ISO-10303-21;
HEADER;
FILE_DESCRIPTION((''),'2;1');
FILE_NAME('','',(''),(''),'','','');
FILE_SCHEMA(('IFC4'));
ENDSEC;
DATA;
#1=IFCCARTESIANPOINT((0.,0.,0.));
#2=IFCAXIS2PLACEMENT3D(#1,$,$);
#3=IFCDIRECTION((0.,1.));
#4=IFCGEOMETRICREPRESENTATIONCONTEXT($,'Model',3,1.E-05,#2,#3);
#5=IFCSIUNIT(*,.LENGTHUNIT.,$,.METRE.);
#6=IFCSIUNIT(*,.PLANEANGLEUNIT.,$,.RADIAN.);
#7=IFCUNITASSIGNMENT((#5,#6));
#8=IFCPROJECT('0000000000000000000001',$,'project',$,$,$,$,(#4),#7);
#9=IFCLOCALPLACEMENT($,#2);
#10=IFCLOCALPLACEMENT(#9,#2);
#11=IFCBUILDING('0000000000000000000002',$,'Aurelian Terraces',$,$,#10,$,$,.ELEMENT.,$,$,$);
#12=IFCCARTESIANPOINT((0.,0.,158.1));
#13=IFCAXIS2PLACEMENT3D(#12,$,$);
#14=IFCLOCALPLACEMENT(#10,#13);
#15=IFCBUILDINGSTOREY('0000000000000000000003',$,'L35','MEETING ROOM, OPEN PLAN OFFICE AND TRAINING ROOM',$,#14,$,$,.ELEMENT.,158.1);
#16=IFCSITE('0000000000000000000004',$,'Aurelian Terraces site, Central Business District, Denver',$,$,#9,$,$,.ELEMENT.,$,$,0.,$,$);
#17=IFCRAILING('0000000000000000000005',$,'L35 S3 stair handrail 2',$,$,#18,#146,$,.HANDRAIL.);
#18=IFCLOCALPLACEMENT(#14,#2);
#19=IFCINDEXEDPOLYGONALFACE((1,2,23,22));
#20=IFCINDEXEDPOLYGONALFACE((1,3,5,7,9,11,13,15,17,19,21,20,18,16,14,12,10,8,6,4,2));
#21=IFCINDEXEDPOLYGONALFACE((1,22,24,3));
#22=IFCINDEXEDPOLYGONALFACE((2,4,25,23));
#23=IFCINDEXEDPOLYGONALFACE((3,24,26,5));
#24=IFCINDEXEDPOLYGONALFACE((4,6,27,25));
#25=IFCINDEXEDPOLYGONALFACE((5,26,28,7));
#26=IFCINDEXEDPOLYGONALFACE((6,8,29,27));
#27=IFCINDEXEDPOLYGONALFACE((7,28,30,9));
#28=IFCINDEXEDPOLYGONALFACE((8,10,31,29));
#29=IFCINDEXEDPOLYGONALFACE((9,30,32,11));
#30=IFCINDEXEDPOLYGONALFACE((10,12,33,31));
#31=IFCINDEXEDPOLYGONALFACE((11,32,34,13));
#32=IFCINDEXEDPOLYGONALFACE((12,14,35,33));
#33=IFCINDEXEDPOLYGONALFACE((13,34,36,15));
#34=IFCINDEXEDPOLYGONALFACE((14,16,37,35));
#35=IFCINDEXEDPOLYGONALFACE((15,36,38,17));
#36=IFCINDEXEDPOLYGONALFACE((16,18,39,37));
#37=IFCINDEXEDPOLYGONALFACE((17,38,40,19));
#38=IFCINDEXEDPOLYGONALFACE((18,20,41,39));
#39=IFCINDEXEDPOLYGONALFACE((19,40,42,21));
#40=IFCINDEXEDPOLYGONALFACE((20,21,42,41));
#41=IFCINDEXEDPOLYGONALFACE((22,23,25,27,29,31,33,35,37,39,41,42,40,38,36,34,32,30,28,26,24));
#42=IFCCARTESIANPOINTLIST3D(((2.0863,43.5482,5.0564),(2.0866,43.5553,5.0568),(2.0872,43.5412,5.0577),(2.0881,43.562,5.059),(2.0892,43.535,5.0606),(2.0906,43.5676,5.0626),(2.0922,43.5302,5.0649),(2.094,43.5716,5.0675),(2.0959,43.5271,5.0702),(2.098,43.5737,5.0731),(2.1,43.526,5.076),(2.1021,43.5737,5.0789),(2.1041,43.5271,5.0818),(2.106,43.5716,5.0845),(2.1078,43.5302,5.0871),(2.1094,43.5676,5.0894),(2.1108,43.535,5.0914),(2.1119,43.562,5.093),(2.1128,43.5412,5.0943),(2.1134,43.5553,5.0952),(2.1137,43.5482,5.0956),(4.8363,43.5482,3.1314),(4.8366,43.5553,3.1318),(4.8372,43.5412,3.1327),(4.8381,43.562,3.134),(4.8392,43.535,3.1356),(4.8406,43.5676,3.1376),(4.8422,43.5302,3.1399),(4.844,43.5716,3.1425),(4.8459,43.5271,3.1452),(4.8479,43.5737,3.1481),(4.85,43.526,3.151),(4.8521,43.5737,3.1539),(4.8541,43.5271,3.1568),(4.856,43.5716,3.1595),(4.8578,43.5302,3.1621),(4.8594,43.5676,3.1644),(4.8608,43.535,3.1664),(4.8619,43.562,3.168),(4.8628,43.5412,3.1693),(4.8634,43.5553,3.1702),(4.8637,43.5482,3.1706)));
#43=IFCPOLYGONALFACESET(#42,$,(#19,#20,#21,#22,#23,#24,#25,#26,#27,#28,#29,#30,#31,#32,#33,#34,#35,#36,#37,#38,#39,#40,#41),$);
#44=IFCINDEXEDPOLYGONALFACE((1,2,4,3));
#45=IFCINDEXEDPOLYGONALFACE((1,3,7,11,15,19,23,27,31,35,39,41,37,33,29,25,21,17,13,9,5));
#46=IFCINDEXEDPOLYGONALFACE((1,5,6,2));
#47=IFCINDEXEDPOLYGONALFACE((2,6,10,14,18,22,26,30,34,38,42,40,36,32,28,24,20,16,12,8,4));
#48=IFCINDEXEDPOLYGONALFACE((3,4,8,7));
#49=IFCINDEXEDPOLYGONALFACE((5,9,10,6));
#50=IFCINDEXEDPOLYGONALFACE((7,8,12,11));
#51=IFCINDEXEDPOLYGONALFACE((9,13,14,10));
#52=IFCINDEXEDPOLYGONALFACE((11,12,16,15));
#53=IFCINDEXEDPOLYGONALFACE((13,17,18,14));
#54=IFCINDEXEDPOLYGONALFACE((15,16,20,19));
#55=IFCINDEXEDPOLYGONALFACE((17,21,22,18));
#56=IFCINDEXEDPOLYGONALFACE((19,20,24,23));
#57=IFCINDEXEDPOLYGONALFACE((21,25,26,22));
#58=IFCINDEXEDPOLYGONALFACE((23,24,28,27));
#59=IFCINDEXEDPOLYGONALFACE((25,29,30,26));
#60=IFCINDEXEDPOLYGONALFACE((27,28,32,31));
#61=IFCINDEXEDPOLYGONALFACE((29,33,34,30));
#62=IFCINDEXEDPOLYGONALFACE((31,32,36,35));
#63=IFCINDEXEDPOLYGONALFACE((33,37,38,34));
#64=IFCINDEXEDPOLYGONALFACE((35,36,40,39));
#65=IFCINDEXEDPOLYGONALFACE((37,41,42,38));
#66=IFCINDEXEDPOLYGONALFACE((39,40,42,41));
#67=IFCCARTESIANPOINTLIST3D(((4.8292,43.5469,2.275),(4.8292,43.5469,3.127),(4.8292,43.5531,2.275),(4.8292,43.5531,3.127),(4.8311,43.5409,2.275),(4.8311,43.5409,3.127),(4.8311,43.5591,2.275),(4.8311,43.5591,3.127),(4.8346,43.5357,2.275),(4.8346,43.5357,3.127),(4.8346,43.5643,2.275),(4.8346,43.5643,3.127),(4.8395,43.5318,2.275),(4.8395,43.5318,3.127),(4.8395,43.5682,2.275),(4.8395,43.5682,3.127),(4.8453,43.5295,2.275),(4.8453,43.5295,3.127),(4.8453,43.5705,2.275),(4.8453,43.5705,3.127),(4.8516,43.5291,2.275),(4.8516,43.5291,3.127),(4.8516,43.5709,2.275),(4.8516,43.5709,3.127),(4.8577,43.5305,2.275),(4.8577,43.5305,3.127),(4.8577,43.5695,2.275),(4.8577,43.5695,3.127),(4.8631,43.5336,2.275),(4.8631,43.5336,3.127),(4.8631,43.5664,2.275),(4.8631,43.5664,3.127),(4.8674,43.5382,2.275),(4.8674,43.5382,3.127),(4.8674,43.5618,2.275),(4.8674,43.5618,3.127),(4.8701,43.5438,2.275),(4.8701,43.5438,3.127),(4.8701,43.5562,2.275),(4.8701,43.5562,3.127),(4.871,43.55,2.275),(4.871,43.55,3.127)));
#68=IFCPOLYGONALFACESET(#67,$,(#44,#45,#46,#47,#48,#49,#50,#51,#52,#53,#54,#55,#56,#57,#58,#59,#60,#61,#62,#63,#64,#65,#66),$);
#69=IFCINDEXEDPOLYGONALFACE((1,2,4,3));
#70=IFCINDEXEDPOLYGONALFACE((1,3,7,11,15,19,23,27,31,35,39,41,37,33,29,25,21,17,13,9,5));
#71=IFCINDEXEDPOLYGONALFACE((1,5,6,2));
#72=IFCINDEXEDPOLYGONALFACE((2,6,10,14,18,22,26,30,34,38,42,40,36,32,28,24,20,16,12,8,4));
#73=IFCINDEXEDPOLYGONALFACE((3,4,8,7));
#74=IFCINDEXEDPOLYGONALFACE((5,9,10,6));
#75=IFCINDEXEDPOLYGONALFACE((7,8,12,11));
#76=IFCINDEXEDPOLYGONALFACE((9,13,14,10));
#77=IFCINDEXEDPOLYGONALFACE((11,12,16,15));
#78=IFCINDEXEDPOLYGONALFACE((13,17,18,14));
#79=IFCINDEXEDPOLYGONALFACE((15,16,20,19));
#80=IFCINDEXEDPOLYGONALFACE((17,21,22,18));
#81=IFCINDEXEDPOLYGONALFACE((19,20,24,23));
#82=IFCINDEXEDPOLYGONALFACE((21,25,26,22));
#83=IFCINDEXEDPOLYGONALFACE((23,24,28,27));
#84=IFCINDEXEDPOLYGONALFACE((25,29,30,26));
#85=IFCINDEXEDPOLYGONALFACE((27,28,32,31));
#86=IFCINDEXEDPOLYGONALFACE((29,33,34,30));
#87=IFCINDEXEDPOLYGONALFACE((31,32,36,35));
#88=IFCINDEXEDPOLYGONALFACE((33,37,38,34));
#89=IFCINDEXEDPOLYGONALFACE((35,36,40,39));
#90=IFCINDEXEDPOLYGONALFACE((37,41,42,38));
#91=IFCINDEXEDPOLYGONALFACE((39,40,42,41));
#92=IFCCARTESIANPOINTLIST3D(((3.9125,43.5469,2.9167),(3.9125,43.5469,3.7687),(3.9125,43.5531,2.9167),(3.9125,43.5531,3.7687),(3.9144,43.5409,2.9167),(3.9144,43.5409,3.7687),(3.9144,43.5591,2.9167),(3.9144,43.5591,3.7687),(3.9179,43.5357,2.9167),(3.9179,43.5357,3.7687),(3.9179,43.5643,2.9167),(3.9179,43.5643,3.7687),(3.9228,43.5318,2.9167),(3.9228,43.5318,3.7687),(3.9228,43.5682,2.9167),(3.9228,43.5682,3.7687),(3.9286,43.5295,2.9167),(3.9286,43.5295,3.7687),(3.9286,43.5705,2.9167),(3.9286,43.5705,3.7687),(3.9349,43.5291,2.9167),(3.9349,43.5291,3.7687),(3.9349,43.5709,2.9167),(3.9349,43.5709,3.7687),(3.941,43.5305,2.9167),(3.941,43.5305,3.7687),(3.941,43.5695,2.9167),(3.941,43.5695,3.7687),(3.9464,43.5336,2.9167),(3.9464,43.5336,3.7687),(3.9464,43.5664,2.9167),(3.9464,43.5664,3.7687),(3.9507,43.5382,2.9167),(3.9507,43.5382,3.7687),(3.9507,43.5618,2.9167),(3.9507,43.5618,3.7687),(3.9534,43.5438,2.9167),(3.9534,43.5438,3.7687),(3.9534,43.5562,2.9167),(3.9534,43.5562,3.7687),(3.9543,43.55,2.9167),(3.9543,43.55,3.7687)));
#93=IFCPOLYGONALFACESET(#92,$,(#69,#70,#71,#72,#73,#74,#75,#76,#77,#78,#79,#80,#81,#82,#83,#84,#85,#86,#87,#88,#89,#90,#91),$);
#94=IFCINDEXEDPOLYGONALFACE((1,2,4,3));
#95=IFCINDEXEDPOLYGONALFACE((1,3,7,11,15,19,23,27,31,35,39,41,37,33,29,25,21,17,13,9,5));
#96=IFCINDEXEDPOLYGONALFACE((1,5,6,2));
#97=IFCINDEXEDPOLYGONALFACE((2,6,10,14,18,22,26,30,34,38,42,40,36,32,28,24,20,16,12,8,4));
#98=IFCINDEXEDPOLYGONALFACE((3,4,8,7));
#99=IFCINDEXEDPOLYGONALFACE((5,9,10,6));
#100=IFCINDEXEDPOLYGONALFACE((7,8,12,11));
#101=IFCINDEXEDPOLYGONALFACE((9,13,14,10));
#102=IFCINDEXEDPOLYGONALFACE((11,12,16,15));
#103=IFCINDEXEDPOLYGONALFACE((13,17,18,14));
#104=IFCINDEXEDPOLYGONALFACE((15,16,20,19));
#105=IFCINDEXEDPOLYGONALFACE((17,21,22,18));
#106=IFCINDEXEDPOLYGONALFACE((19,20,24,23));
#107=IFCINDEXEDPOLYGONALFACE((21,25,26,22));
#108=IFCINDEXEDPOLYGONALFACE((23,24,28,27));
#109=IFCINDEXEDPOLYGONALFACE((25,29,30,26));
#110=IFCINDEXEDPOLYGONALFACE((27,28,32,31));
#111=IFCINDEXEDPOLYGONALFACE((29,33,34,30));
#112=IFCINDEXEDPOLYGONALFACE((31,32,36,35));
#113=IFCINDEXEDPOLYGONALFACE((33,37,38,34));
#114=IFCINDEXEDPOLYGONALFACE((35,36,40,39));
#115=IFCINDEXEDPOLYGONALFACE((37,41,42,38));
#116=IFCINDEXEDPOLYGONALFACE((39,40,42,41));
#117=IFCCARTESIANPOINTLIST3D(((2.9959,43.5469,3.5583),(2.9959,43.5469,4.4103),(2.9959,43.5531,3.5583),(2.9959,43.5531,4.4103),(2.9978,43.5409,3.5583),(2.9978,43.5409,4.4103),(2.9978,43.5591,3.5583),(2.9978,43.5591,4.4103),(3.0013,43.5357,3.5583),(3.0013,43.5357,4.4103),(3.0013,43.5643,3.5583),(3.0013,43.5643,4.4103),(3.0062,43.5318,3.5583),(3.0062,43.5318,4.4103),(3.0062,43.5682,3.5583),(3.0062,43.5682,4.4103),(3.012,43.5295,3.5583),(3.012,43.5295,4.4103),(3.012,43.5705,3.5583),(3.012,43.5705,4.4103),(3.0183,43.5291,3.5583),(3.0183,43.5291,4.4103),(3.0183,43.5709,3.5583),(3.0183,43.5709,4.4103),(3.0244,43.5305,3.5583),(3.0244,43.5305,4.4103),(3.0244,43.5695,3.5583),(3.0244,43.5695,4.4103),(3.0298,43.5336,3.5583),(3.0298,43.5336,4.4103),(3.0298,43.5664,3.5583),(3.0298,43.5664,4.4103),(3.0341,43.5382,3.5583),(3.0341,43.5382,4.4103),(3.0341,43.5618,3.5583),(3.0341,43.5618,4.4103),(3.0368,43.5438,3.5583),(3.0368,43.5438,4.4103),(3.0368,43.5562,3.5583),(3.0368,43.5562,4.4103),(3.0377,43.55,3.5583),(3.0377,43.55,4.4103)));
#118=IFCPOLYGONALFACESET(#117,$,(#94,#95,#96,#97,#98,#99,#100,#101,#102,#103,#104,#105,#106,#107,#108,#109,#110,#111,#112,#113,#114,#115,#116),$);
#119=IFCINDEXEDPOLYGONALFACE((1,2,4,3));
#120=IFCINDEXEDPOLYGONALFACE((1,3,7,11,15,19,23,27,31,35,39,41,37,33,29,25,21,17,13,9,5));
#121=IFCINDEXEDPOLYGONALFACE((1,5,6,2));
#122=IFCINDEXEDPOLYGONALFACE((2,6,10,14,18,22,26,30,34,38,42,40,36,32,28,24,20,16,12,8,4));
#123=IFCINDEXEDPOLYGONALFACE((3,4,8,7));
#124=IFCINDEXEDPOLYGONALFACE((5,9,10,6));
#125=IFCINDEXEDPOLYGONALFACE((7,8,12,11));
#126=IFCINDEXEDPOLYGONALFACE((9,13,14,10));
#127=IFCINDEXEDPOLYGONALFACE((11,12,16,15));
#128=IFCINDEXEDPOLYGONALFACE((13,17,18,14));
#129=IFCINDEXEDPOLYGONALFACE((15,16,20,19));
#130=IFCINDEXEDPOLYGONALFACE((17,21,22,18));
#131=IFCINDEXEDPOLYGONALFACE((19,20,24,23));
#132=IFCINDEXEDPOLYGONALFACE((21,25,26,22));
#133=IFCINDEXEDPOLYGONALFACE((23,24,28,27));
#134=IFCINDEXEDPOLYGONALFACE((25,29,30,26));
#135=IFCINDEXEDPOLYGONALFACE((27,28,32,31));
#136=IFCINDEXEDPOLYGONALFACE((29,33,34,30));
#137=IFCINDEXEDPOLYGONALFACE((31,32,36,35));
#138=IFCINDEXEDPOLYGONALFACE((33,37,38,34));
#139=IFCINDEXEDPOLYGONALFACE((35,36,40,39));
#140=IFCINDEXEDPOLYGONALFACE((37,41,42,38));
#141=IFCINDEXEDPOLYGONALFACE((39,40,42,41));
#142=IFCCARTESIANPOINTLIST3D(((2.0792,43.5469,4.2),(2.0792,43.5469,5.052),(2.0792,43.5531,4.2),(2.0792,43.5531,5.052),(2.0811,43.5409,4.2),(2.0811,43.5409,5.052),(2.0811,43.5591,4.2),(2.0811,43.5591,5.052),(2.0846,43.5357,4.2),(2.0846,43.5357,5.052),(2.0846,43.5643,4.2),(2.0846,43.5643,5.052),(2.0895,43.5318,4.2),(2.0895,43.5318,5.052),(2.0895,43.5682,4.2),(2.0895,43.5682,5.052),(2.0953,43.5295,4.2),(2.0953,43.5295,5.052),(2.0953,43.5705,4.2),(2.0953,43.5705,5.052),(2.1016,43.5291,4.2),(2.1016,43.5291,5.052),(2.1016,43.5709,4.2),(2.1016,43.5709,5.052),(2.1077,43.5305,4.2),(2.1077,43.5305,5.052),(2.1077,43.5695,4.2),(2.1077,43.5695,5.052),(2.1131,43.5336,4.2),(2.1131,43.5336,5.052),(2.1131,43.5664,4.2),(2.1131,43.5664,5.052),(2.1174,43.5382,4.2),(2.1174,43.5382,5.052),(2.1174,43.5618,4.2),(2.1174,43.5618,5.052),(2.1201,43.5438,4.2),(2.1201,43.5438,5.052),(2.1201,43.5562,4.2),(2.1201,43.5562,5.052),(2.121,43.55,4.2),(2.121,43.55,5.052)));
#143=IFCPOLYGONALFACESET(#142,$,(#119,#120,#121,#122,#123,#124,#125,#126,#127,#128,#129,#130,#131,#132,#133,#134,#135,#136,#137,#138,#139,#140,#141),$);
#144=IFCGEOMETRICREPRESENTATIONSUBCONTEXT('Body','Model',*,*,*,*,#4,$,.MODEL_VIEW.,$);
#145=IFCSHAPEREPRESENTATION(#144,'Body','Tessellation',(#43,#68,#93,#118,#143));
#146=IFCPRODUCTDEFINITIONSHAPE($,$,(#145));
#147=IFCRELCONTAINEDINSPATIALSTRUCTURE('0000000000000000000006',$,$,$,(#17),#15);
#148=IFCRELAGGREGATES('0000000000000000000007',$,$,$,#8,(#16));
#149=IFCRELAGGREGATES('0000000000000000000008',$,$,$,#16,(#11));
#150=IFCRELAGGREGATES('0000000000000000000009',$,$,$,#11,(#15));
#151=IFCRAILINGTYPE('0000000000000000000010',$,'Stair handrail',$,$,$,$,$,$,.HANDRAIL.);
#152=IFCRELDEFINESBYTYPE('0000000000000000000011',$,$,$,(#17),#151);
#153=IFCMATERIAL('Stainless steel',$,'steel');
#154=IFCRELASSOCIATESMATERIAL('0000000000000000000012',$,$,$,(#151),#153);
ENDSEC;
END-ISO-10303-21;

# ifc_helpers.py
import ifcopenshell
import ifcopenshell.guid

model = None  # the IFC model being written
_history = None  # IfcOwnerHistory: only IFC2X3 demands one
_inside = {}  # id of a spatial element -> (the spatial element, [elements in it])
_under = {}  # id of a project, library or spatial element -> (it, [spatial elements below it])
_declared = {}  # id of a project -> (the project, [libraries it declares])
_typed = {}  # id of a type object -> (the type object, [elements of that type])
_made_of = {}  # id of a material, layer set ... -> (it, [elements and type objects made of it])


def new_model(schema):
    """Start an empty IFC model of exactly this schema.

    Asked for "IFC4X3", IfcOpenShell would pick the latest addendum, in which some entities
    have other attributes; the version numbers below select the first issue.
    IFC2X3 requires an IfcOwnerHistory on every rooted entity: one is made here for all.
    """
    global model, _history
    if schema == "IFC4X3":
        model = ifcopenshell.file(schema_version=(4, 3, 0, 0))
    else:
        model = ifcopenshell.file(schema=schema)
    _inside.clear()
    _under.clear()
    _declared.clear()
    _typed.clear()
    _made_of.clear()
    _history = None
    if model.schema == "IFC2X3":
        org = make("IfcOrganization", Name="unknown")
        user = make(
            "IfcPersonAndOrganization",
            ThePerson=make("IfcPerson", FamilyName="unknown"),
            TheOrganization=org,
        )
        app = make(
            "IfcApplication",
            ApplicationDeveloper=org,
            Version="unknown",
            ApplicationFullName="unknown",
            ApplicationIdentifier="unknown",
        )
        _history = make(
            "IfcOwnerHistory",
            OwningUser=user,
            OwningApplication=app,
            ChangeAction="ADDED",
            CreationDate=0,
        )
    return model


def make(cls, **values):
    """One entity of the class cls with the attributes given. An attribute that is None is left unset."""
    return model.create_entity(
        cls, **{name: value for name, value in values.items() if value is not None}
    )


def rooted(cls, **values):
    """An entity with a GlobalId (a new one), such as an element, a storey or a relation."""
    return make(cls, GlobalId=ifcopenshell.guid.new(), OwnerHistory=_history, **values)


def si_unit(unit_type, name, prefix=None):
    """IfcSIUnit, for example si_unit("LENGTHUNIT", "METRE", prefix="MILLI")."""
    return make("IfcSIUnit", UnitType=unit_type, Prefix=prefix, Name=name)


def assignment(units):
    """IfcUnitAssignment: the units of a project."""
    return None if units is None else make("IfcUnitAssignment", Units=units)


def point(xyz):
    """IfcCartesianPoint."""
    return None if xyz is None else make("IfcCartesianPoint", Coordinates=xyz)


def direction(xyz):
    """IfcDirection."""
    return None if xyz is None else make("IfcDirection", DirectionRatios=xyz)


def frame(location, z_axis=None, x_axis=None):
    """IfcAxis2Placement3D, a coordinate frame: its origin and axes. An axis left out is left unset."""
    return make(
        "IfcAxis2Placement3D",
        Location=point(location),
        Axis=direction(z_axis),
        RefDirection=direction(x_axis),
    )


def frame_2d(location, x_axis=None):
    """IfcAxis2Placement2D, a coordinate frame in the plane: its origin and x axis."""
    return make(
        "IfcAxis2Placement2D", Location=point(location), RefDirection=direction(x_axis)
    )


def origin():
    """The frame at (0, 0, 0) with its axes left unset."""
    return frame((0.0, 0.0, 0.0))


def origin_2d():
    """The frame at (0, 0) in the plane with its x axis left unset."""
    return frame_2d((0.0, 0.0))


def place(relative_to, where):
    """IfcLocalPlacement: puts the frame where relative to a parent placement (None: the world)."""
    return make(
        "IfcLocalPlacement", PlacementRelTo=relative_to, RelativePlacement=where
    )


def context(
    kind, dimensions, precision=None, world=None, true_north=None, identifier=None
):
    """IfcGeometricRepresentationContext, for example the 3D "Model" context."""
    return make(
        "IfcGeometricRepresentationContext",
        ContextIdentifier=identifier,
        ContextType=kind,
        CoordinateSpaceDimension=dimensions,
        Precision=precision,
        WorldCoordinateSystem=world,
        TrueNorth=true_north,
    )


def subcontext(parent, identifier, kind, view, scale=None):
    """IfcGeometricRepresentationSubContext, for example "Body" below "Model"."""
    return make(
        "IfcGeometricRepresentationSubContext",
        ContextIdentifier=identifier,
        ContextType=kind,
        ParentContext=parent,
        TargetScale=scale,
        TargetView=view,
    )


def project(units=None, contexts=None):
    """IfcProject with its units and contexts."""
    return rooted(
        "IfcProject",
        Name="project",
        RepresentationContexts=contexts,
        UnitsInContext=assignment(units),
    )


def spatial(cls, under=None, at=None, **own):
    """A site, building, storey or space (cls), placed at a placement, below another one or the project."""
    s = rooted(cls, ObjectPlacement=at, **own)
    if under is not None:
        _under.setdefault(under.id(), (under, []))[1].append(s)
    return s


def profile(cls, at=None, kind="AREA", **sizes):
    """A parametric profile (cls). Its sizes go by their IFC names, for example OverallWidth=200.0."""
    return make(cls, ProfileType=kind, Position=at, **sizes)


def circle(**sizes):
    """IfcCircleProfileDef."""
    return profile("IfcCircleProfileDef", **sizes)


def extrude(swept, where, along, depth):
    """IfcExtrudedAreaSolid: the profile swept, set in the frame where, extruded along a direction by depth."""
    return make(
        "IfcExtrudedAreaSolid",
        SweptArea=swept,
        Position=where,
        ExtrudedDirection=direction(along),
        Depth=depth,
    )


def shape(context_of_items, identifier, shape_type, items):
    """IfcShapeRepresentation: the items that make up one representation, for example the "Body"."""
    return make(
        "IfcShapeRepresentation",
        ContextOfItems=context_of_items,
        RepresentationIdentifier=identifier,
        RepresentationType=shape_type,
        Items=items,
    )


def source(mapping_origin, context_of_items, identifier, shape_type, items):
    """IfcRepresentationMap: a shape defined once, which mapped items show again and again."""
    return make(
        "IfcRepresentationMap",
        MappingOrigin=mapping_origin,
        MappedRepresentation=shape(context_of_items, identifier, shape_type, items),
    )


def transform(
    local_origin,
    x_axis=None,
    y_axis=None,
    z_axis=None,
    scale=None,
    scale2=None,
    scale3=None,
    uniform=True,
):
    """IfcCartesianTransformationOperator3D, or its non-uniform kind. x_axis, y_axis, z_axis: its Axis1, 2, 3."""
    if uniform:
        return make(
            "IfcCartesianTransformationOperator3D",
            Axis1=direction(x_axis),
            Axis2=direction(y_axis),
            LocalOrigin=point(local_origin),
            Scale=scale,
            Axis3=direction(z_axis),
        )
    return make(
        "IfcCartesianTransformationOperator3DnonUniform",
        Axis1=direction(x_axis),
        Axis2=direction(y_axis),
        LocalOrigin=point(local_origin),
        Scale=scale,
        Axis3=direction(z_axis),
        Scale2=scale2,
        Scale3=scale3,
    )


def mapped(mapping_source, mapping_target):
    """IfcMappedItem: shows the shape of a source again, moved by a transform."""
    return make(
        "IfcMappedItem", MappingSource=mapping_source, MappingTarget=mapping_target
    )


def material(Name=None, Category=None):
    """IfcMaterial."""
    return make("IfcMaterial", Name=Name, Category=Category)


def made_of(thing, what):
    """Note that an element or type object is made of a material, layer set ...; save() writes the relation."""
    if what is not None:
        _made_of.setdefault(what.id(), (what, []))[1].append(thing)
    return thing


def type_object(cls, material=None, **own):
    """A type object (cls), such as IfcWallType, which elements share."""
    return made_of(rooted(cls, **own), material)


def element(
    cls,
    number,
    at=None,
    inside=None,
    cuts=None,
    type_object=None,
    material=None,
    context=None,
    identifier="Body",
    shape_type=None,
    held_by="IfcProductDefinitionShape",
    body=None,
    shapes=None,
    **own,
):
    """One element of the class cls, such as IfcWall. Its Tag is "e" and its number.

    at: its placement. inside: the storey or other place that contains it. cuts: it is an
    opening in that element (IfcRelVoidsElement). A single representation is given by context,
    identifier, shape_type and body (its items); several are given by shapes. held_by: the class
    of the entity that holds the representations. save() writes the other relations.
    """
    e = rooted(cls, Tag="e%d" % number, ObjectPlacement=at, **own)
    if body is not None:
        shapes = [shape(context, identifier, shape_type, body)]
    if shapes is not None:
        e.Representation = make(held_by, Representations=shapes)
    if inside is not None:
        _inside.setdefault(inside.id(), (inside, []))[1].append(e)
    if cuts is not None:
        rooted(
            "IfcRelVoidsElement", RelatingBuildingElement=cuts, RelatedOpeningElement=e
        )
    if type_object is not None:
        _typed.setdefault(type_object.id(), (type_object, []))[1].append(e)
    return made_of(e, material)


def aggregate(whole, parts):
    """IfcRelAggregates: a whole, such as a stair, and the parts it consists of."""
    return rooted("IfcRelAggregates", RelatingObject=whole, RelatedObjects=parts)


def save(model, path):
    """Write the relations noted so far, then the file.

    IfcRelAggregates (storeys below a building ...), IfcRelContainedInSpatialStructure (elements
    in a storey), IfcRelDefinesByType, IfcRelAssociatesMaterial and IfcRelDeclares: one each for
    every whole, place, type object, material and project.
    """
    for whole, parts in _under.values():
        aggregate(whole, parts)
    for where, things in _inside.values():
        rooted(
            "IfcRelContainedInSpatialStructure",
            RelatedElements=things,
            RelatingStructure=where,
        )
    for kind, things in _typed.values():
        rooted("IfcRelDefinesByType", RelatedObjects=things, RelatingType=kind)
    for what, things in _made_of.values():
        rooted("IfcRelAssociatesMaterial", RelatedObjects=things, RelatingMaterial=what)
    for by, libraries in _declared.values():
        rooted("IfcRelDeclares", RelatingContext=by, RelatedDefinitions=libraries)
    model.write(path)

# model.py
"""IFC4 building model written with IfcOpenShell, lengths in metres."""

from ifc_helpers import new_model, si_unit, direction, frame, origin, origin_2d, place, context, subcontext, project, spatial, circle, extrude, source, transform, mapped, material, type_object, element, save


model = new_model("IFC4")

# Units and contexts
model_context = context("Model", 3, precision=1e-05, world=origin(), true_north=direction((0.0, 1.0)))
body_context = subcontext(model_context, "Body", "Model", "MODEL_VIEW")
ifc_project = project(units=[si_unit("LENGTHUNIT", "METRE"), si_unit("PLANEANGLEUNIT", "RADIAN")], contexts=[model_context])

# Site, building, storey
site_placement = place(None, origin())
site = spatial("IfcSite", under=ifc_project, at=site_placement, Name="Aurelian Terraces site, Central Business District, Denver", CompositionType="ELEMENT", RefElevation=0.0)
building_placement = place(site_placement, origin())
building = spatial("IfcBuilding", under=site, at=building_placement, Name="Aurelian Terraces", CompositionType="ELEMENT")
storey_placement = place(building_placement, frame((0.0, 0.0, 158.1)))
storey = spatial("IfcBuildingStorey", under=building, at=storey_placement, Name="L35", Description="MEETING ROOM, OPEN PLAN OFFICE AND TRAINING ROOM", CompositionType="ELEMENT", Elevation=158.1)

# Railing
ifc_material_1 = material(Name="Stainless steel", Category="steel")
railing_type_1 = type_object("IfcRailingType", Name="Stair handrail", PredefinedType="HANDRAIL", material=ifc_material_1)
shared_shape_1 = source(origin(), body_context, "Body", "SweptSolid", [
    extrude(circle(Radius=0.024, at=origin_2d()), frame((0.0, 0.0, 0.876), z_axis=(-0.819232, 0.0, 0.573462), x_axis=(0.0, -1.0, 0.0)), (0.0, 0.0, 1.0), 3.3568),
    extrude(circle(Radius=0.021, at=origin_2d()), origin(), (0.0, 0.0, 1.0), 0.852),
    extrude(circle(Radius=0.021, at=origin_2d()), frame((-0.9167, 0.0, 0.6417)), (0.0, 0.0, 1.0), 0.852),
    extrude(circle(Radius=0.021, at=origin_2d()), frame((-1.8333, 0.0, 1.2833)), (0.0, 0.0, 1.0), 0.852),
    extrude(circle(Radius=0.021, at=origin_2d()), frame((-2.75, 0.0, 1.925)), (0.0, 0.0, 1.0), 0.852),
])
railing_1_placement = place(storey_placement, frame((4.85, 43.55, 2.275)))
element("IfcRailing", 1, at=railing_1_placement, inside=storey, type_object=railing_type_1, Name="L35 S3 stair handrail 2", PredefinedType="HANDRAIL", context=body_context, shape_type="MappedRepresentation", body=[
    mapped(shared_shape_1, transform((0.0, 0.0, 0.0), scale=1.0)),
])

save(model, "model.ifc")
